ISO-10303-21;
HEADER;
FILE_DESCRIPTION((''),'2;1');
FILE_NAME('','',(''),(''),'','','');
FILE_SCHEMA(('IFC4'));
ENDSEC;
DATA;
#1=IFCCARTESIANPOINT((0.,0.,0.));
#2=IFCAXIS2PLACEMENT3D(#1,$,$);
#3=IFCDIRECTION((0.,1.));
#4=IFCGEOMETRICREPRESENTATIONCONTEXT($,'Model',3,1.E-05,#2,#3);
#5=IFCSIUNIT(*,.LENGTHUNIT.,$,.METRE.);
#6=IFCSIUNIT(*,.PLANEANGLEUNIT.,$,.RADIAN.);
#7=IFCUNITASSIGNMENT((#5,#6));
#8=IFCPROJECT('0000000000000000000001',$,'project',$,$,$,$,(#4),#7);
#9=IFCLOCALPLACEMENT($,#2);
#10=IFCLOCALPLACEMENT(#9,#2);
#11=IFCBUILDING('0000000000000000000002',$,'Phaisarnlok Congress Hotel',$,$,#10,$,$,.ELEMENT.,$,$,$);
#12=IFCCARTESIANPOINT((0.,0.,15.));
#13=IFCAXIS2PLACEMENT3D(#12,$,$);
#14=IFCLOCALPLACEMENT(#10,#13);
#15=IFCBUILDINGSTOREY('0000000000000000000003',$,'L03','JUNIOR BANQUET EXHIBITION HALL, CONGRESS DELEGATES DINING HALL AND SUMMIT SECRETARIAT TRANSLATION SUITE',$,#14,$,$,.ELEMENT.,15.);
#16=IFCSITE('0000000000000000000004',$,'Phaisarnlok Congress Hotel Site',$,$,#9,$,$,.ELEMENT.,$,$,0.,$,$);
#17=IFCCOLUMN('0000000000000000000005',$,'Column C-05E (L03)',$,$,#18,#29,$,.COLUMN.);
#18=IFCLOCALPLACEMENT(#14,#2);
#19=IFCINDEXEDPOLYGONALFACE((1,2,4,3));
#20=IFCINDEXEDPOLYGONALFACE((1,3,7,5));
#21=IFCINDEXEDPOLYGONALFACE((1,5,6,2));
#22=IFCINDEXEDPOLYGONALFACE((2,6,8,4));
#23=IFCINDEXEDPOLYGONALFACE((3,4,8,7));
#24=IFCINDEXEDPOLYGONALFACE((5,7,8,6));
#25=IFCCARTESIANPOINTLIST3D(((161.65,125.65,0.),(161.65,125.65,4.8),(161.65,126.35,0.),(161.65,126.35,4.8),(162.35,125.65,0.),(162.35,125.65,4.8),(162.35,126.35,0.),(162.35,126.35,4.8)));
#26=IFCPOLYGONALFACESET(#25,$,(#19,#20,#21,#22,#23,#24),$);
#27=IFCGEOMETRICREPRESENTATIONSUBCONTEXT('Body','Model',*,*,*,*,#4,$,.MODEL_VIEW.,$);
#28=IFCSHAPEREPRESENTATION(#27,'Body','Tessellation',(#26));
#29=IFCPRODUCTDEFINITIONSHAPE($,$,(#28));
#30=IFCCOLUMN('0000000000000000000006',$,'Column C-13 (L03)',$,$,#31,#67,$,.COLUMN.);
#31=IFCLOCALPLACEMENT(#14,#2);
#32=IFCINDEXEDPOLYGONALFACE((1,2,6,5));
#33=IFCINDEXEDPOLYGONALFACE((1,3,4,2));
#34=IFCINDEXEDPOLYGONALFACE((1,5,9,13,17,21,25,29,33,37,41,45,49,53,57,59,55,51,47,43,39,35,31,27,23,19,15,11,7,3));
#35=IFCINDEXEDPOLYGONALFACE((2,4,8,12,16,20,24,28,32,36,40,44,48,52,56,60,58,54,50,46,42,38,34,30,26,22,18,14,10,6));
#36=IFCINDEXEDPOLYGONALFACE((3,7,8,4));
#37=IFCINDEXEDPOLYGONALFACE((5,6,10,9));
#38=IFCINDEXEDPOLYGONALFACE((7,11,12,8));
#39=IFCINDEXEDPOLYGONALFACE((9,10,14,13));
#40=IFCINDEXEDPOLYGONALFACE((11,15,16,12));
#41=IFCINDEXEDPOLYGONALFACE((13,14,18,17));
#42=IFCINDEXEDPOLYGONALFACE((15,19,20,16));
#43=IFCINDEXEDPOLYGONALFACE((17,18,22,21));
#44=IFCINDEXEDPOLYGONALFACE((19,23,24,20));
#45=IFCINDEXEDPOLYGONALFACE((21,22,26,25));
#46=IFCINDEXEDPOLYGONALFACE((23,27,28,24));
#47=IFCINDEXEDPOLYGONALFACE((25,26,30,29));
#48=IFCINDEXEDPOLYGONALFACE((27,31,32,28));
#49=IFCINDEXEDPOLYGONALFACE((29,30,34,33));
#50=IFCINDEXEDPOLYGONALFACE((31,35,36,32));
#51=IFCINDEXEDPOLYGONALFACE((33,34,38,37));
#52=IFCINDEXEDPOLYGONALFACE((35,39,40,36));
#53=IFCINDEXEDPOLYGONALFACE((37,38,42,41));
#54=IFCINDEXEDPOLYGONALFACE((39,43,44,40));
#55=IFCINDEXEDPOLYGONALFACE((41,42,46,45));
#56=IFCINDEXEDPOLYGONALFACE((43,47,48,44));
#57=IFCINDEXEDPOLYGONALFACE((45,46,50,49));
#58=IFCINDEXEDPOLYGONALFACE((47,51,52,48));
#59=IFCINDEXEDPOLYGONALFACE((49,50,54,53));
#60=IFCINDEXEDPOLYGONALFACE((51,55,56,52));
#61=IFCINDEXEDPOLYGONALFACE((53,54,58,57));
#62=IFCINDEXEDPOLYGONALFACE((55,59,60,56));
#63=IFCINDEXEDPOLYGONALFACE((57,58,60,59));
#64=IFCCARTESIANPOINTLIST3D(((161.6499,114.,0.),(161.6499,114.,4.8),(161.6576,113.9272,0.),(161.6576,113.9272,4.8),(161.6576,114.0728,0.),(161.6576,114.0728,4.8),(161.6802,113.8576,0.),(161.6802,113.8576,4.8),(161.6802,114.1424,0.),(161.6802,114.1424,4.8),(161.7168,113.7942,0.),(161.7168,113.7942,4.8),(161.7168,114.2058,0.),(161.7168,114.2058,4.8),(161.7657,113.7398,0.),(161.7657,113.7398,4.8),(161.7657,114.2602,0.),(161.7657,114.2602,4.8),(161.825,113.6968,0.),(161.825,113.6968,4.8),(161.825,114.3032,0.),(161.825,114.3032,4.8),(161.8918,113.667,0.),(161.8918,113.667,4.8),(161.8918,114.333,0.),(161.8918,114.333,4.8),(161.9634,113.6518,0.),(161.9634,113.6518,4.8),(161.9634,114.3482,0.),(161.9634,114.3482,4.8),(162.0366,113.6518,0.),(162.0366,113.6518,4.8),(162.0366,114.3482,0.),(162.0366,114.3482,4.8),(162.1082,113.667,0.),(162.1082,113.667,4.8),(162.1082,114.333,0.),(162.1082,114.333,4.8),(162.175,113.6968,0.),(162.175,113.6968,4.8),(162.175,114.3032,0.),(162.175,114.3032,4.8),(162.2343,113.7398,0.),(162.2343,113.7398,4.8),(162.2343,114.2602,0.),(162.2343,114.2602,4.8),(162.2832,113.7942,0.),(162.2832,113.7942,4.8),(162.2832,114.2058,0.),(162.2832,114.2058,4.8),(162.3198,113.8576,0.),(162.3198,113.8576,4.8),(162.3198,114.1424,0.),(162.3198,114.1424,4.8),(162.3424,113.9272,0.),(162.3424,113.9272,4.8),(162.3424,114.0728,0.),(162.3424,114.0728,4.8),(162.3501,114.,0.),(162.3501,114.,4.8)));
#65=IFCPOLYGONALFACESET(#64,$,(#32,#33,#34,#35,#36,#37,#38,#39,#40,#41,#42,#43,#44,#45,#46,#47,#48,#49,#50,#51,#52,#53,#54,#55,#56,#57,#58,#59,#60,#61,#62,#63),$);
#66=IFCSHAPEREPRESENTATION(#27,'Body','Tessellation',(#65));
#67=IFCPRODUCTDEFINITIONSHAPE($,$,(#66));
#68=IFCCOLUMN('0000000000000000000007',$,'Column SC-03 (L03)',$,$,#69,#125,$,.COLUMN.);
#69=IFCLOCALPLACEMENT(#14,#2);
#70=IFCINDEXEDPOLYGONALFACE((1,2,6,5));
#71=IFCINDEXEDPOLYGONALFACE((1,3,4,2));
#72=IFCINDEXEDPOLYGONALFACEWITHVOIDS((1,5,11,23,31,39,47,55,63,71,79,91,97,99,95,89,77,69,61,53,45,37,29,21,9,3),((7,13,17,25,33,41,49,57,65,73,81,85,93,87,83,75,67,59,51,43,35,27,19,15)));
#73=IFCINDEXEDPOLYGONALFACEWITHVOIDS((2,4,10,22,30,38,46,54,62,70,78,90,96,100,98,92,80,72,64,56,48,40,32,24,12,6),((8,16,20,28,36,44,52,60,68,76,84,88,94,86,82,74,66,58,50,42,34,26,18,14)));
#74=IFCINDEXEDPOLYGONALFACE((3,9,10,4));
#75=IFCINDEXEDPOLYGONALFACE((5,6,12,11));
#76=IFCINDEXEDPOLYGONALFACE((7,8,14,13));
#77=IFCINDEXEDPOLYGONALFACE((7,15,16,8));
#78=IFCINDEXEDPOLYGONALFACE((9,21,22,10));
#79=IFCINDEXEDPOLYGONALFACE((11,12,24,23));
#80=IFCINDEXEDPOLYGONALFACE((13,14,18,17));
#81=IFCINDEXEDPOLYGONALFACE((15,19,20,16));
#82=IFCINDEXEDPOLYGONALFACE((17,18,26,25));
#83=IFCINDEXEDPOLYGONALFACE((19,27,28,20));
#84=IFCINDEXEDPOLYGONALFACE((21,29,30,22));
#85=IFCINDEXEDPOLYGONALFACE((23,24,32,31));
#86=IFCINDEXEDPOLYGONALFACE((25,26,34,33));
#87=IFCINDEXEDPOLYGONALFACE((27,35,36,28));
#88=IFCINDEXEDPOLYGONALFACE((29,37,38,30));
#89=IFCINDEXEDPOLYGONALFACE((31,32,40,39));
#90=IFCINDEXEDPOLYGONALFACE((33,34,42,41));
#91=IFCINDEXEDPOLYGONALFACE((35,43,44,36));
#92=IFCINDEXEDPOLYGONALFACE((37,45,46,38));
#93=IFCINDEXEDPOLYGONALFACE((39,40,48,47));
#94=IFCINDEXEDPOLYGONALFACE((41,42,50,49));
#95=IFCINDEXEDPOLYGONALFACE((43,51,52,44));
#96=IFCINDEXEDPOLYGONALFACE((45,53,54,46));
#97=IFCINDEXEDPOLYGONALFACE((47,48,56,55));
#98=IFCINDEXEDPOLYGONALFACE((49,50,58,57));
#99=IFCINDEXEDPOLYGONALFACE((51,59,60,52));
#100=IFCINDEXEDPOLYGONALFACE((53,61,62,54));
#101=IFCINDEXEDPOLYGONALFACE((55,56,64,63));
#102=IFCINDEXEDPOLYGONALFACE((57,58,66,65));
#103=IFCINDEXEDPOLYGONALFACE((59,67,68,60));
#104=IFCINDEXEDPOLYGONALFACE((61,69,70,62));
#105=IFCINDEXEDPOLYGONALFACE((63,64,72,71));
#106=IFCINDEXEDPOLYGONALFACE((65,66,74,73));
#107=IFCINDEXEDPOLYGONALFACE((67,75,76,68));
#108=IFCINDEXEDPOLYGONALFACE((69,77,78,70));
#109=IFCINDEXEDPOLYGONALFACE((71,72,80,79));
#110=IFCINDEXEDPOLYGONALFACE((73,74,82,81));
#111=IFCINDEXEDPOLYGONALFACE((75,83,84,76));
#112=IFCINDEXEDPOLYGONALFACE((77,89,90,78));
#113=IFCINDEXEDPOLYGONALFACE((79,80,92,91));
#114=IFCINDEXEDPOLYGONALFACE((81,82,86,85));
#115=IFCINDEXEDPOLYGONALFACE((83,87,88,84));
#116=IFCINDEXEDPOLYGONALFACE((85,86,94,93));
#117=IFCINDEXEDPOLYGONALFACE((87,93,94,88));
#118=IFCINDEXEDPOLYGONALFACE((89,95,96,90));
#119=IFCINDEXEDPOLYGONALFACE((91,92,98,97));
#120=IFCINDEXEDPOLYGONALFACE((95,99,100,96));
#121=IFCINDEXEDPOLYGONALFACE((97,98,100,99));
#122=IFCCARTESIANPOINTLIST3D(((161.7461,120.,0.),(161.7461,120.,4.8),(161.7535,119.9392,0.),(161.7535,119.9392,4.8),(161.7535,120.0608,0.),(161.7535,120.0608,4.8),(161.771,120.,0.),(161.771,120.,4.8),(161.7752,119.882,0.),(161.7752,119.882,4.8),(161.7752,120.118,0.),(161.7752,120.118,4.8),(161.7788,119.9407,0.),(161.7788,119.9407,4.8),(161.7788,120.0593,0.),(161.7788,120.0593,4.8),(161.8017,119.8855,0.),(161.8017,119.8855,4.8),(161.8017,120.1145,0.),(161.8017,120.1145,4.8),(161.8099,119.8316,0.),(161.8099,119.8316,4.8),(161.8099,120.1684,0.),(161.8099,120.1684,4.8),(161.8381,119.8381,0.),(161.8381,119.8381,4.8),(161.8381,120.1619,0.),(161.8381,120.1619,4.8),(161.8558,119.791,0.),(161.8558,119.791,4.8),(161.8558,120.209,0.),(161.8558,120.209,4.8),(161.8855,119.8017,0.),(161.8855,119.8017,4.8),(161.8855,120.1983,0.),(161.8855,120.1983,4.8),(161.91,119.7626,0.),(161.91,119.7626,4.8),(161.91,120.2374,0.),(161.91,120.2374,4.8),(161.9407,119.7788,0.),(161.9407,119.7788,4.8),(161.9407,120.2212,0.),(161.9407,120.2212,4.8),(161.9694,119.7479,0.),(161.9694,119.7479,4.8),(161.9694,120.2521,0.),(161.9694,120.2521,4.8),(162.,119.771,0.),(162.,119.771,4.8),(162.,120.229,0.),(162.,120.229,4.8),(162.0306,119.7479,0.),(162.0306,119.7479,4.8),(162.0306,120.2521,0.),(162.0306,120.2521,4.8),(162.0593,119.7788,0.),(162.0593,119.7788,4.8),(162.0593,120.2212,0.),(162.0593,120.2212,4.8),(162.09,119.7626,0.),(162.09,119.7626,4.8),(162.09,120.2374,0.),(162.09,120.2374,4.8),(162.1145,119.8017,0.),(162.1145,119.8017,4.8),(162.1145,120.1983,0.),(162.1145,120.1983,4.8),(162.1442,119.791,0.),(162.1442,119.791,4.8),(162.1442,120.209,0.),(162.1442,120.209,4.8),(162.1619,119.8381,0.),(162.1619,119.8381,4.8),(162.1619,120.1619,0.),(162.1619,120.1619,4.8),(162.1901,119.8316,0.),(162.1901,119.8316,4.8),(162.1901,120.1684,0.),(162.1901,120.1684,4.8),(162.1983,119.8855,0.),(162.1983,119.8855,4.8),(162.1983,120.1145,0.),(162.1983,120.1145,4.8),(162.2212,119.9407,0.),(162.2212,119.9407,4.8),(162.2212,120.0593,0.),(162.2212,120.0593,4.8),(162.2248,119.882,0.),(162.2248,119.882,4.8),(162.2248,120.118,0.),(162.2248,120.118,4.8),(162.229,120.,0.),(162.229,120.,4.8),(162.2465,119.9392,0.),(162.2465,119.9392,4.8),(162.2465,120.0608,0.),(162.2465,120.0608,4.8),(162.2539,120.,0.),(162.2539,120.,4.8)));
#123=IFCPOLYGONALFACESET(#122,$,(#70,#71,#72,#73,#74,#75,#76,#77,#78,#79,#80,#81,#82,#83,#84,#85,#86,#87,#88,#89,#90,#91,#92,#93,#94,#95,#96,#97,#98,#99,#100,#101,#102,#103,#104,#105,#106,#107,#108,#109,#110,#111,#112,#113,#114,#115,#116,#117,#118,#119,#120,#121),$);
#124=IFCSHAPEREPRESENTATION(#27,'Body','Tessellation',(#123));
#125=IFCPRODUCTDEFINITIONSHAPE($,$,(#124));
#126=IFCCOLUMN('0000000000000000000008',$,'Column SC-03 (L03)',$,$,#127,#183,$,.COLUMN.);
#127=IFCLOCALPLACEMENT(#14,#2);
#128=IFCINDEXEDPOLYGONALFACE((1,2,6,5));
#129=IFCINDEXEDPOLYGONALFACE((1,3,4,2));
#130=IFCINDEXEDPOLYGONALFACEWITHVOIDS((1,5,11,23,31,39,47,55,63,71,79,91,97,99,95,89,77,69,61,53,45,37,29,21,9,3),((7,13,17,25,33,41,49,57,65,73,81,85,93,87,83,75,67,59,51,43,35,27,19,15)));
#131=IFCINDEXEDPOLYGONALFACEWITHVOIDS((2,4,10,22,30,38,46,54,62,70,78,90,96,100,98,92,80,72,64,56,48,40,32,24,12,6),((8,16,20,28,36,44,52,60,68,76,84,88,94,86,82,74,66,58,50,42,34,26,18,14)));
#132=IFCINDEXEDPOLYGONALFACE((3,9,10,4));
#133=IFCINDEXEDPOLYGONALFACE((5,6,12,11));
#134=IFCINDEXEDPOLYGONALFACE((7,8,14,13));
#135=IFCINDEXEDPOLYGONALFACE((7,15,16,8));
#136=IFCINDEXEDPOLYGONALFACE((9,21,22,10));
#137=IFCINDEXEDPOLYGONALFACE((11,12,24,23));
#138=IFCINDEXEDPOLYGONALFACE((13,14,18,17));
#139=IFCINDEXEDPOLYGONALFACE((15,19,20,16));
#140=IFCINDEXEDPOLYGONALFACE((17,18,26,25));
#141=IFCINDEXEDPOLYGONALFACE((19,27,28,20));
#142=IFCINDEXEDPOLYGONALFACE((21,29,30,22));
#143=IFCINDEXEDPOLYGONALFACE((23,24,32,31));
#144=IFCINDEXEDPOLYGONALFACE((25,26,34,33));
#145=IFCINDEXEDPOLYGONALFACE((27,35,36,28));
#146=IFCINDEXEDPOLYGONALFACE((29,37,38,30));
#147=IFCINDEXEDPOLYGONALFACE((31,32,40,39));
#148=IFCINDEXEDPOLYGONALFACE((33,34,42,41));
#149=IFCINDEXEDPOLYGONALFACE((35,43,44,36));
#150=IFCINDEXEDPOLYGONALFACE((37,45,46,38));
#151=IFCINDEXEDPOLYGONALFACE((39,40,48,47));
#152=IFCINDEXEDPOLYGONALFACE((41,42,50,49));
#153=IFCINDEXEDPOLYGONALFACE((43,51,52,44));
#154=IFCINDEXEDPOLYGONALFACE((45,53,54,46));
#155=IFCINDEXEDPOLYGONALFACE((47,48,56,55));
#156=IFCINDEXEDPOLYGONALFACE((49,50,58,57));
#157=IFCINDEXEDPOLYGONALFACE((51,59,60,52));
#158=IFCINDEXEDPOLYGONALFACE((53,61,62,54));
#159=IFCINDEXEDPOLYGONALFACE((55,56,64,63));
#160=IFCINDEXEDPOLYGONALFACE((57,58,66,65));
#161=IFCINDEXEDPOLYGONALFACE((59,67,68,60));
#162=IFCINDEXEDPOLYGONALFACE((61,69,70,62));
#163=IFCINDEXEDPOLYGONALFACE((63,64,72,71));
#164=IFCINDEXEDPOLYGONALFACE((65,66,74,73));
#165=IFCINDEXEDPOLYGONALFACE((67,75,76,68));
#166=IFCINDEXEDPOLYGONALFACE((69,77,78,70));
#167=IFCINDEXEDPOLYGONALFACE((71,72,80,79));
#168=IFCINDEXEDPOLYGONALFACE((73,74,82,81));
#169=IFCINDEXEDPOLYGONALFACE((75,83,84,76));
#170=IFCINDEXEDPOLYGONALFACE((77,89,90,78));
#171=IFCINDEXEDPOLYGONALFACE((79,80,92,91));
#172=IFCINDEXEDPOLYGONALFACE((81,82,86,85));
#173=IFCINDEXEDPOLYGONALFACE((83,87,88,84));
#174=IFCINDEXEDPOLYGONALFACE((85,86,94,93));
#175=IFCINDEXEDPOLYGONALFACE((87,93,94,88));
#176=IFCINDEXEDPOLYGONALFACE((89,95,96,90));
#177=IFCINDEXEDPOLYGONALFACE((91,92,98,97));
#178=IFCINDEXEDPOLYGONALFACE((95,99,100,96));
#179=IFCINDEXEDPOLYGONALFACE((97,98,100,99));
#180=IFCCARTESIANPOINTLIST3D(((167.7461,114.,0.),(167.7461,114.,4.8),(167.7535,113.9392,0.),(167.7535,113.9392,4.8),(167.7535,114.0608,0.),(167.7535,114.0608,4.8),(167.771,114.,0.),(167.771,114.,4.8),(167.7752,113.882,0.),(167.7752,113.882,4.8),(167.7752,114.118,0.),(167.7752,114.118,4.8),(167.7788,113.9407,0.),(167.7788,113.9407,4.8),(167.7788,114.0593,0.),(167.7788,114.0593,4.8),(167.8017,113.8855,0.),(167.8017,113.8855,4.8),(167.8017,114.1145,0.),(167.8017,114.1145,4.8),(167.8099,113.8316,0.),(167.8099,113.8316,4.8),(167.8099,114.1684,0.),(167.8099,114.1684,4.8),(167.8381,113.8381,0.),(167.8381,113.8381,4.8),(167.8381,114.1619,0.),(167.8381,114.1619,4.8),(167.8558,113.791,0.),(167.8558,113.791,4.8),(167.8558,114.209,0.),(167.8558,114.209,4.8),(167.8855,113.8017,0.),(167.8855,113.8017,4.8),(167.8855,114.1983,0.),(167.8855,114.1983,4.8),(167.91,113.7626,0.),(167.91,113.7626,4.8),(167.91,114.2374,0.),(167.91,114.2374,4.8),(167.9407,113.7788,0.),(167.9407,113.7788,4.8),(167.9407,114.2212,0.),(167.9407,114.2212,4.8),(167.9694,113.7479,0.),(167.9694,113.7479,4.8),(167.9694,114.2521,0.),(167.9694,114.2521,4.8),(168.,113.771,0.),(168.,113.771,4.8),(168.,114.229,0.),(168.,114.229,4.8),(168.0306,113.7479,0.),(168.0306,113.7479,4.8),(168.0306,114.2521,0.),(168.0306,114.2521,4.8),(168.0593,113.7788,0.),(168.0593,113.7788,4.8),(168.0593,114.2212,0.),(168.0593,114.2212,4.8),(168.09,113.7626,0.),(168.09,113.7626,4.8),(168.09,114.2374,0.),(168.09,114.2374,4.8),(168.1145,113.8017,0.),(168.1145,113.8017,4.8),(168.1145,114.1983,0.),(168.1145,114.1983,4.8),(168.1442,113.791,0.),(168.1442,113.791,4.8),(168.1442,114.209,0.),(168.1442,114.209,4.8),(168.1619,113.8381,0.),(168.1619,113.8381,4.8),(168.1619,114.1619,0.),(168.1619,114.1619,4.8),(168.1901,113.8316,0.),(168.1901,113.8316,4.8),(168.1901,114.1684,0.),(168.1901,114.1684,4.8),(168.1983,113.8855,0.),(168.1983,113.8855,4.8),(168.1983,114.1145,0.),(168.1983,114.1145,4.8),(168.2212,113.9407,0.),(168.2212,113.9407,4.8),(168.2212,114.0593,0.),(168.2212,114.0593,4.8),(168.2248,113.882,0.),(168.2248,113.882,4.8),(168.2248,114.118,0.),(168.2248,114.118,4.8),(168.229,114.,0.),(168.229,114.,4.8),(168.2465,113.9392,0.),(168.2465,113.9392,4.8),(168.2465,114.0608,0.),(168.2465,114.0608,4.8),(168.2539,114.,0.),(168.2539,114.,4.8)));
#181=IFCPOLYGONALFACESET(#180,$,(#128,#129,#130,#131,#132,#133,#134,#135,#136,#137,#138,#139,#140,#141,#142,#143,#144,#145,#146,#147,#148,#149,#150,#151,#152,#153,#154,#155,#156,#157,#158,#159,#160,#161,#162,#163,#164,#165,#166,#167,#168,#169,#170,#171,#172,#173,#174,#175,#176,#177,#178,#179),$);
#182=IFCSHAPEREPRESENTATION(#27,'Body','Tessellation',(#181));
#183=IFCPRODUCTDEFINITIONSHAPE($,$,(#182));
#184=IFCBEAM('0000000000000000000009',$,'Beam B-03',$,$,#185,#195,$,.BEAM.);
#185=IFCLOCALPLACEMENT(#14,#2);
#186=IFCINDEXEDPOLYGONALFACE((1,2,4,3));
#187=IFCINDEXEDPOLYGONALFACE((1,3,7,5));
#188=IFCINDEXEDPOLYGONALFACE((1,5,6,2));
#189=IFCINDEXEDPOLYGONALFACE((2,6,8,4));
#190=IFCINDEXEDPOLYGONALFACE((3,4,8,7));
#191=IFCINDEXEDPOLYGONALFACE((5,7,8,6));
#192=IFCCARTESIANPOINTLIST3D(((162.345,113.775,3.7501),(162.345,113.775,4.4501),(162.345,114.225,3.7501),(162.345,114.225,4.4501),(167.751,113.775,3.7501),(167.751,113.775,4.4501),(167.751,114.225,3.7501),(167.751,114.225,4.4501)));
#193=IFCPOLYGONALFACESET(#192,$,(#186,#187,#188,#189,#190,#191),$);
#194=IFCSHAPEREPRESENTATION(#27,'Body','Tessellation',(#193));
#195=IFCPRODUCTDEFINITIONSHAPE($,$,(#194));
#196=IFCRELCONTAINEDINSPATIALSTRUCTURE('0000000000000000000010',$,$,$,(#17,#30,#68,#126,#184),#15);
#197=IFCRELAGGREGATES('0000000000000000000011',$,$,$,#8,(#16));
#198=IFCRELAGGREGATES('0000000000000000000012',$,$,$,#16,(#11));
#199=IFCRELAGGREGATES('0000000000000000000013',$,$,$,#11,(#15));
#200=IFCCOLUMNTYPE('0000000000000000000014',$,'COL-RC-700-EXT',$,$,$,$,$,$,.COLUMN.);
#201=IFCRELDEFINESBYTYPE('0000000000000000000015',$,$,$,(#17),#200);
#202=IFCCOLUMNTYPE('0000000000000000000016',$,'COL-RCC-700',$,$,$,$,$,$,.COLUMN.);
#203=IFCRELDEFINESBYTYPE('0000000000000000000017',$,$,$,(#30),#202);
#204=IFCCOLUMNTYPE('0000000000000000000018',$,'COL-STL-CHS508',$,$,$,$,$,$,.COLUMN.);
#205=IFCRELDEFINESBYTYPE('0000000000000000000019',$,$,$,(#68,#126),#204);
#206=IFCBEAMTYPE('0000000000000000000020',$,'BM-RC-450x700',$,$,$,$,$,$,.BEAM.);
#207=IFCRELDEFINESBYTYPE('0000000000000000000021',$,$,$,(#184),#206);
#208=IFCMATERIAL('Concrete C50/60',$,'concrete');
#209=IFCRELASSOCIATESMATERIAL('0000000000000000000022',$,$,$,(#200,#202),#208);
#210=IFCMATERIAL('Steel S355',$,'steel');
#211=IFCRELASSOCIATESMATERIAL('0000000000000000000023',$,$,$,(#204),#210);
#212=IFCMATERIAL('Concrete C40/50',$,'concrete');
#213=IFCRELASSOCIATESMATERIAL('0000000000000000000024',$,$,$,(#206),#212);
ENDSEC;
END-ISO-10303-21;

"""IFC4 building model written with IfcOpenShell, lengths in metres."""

from ifc_helpers import new_model, si_unit, direction, frame, origin, origin_2d, place, context, subcontext, project, spatial, rectangle, circle, hollow_circle, extrude, material, material_profile, profile_set, type_object, element, save


model = new_model("IFC4")

# Units and contexts
model_context = context("Model", 3, precision=1e-05, world=origin(), true_north=direction((0.0, 1.0)))
body_context = subcontext(model_context, "Body", "Model", "MODEL_VIEW")
ifc_project = project(units=[si_unit("LENGTHUNIT", "METRE"), si_unit("PLANEANGLEUNIT", "RADIAN")], contexts=[model_context])

# Site, building, storey
site_placement = place(None, origin())
site = spatial("IfcSite", under=ifc_project, at=site_placement, Name="Phaisarnlok Congress Hotel Site", CompositionType="ELEMENT", RefElevation=0.0)
building_placement = place(site_placement, origin())
building = spatial("IfcBuilding", under=site, at=building_placement, Name="Phaisarnlok Congress Hotel", CompositionType="ELEMENT")
storey_placement = place(building_placement, frame((0.0, 0.0, 15.0)))
storey = spatial("IfcBuildingStorey", under=building, at=storey_placement, Name="L03", Description="JUNIOR BANQUET EXHIBITION HALL, CONGRESS DELEGATES DINING HALL AND SUMMIT SECRETARIAT TRANSLATION SUITE", CompositionType="ELEMENT", Elevation=15.0)

# Columns
ifc_material_1 = material(Name="Concrete C50/60", Category="concrete")
ifc_material_profile_1 = material_profile(ifc_material_1, rectangle(XDim=0.7, YDim=0.7, at=origin_2d()), Name="RC 700x700")
ifc_profile_set_1 = profile_set([ifc_material_profile_1], Name="Concrete C50/60")
column_type_1 = type_object("IfcColumnType", Name="COL-RC-700-EXT", PredefinedType="COLUMN", material=ifc_profile_set_1)
column_1_placement = place(storey_placement, frame((162.0, 126.0, 0.0), z_axis=(0.0, 0.0, 1.0), x_axis=(1.0, 0.0, 0.0)))
element("IfcColumn", 1, at=column_1_placement, inside=storey, type_object=column_type_1, Name="Column C-05E (L03)", PredefinedType="COLUMN", context=body_context, shape_type="SweptSolid", body=[
    extrude(rectangle(XDim=0.7, YDim=0.7, at=origin_2d()), origin(), (0.0, 0.0, 1.0), 4.8),
])
ifc_material_profile_2 = material_profile(ifc_material_1, circle(Radius=0.3501, at=origin_2d()), Name="RCC D700")
ifc_profile_set_2 = profile_set([ifc_material_profile_2], Name="Concrete C50/60")
column_type_2 = type_object("IfcColumnType", Name="COL-RCC-700", PredefinedType="COLUMN", material=ifc_profile_set_2)
column_2_placement = place(storey_placement, frame((162.0, 114.0, 0.0), z_axis=(0.0, 0.0, 1.0), x_axis=(1.0, 0.0, 0.0)))
element("IfcColumn", 2, at=column_2_placement, inside=storey, type_object=column_type_2, Name="Column C-13 (L03)", PredefinedType="COLUMN", context=body_context, shape_type="SweptSolid", body=[
    extrude(circle(Radius=0.3501, at=origin_2d()), origin(), (0.0, 0.0, 1.0), 4.8),
])
ifc_material_2 = material(Name="Steel S355", Category="steel")
ifc_material_profile_3 = material_profile(ifc_material_2, hollow_circle(Radius=0.2539, WallThickness=0.0249, at=origin_2d()), Name="CHS 508x25")
ifc_profile_set_3 = profile_set([ifc_material_profile_3], Name="Steel S355")
column_type_3 = type_object("IfcColumnType", Name="COL-STL-CHS508", PredefinedType="COLUMN", material=ifc_profile_set_3)
for number, where, z_axis, x_axis, name in (
    (3, (162.0, 120.0, 0.0), (0.0, 0.0, 1.0), (1.0, 0.0, 0.0), "Column SC-03 (L03)"),
    (4, (168.0, 114.0, 0.0), (0.0, 0.0, 1.0), (1.0, 0.0, 0.0), "Column SC-03 (L03)"),
):
    element("IfcColumn", number, at=place(storey_placement, frame(where, z_axis=z_axis, x_axis=x_axis)), inside=storey, type_object=column_type_3, Name=name, PredefinedType="COLUMN", context=body_context, shape_type="SweptSolid", body=[
        extrude(hollow_circle(Radius=0.2539, WallThickness=0.0249, at=origin_2d()), origin(), (0.0, 0.0, 1.0), 4.8),
    ])

# Beam
ifc_material_3 = material(Name="Concrete C40/50", Category="concrete")
ifc_material_profile_4 = material_profile(ifc_material_3, rectangle(XDim=0.45, YDim=0.7, at=origin_2d()), Name="RC 450x700")
ifc_profile_set_4 = profile_set([ifc_material_profile_4], Name="Concrete C40/50")
beam_type_1 = type_object("IfcBeamType", Name="BM-RC-450x700", PredefinedType="BEAM", material=ifc_profile_set_4)
for number, where, z_axis, x_axis, name in (
    (5, (162.345, 114.0, 4.1001), (1.0, 0.0, 0.0), (0.0, 1.0, 0.0), "Beam B-03"),
):
    element("IfcBeam", number, at=place(storey_placement, frame(where, z_axis=z_axis, x_axis=x_axis)), inside=storey, type_object=beam_type_1, Name=name, PredefinedType="BEAM", context=body_context, shape_type="SweptSolid", body=[
        extrude(rectangle(XDim=0.45, YDim=0.7, at=origin_2d()), origin(), (0.0, 0.0, 1.0), 5.406),
    ])

save(model, "model.ifc")
